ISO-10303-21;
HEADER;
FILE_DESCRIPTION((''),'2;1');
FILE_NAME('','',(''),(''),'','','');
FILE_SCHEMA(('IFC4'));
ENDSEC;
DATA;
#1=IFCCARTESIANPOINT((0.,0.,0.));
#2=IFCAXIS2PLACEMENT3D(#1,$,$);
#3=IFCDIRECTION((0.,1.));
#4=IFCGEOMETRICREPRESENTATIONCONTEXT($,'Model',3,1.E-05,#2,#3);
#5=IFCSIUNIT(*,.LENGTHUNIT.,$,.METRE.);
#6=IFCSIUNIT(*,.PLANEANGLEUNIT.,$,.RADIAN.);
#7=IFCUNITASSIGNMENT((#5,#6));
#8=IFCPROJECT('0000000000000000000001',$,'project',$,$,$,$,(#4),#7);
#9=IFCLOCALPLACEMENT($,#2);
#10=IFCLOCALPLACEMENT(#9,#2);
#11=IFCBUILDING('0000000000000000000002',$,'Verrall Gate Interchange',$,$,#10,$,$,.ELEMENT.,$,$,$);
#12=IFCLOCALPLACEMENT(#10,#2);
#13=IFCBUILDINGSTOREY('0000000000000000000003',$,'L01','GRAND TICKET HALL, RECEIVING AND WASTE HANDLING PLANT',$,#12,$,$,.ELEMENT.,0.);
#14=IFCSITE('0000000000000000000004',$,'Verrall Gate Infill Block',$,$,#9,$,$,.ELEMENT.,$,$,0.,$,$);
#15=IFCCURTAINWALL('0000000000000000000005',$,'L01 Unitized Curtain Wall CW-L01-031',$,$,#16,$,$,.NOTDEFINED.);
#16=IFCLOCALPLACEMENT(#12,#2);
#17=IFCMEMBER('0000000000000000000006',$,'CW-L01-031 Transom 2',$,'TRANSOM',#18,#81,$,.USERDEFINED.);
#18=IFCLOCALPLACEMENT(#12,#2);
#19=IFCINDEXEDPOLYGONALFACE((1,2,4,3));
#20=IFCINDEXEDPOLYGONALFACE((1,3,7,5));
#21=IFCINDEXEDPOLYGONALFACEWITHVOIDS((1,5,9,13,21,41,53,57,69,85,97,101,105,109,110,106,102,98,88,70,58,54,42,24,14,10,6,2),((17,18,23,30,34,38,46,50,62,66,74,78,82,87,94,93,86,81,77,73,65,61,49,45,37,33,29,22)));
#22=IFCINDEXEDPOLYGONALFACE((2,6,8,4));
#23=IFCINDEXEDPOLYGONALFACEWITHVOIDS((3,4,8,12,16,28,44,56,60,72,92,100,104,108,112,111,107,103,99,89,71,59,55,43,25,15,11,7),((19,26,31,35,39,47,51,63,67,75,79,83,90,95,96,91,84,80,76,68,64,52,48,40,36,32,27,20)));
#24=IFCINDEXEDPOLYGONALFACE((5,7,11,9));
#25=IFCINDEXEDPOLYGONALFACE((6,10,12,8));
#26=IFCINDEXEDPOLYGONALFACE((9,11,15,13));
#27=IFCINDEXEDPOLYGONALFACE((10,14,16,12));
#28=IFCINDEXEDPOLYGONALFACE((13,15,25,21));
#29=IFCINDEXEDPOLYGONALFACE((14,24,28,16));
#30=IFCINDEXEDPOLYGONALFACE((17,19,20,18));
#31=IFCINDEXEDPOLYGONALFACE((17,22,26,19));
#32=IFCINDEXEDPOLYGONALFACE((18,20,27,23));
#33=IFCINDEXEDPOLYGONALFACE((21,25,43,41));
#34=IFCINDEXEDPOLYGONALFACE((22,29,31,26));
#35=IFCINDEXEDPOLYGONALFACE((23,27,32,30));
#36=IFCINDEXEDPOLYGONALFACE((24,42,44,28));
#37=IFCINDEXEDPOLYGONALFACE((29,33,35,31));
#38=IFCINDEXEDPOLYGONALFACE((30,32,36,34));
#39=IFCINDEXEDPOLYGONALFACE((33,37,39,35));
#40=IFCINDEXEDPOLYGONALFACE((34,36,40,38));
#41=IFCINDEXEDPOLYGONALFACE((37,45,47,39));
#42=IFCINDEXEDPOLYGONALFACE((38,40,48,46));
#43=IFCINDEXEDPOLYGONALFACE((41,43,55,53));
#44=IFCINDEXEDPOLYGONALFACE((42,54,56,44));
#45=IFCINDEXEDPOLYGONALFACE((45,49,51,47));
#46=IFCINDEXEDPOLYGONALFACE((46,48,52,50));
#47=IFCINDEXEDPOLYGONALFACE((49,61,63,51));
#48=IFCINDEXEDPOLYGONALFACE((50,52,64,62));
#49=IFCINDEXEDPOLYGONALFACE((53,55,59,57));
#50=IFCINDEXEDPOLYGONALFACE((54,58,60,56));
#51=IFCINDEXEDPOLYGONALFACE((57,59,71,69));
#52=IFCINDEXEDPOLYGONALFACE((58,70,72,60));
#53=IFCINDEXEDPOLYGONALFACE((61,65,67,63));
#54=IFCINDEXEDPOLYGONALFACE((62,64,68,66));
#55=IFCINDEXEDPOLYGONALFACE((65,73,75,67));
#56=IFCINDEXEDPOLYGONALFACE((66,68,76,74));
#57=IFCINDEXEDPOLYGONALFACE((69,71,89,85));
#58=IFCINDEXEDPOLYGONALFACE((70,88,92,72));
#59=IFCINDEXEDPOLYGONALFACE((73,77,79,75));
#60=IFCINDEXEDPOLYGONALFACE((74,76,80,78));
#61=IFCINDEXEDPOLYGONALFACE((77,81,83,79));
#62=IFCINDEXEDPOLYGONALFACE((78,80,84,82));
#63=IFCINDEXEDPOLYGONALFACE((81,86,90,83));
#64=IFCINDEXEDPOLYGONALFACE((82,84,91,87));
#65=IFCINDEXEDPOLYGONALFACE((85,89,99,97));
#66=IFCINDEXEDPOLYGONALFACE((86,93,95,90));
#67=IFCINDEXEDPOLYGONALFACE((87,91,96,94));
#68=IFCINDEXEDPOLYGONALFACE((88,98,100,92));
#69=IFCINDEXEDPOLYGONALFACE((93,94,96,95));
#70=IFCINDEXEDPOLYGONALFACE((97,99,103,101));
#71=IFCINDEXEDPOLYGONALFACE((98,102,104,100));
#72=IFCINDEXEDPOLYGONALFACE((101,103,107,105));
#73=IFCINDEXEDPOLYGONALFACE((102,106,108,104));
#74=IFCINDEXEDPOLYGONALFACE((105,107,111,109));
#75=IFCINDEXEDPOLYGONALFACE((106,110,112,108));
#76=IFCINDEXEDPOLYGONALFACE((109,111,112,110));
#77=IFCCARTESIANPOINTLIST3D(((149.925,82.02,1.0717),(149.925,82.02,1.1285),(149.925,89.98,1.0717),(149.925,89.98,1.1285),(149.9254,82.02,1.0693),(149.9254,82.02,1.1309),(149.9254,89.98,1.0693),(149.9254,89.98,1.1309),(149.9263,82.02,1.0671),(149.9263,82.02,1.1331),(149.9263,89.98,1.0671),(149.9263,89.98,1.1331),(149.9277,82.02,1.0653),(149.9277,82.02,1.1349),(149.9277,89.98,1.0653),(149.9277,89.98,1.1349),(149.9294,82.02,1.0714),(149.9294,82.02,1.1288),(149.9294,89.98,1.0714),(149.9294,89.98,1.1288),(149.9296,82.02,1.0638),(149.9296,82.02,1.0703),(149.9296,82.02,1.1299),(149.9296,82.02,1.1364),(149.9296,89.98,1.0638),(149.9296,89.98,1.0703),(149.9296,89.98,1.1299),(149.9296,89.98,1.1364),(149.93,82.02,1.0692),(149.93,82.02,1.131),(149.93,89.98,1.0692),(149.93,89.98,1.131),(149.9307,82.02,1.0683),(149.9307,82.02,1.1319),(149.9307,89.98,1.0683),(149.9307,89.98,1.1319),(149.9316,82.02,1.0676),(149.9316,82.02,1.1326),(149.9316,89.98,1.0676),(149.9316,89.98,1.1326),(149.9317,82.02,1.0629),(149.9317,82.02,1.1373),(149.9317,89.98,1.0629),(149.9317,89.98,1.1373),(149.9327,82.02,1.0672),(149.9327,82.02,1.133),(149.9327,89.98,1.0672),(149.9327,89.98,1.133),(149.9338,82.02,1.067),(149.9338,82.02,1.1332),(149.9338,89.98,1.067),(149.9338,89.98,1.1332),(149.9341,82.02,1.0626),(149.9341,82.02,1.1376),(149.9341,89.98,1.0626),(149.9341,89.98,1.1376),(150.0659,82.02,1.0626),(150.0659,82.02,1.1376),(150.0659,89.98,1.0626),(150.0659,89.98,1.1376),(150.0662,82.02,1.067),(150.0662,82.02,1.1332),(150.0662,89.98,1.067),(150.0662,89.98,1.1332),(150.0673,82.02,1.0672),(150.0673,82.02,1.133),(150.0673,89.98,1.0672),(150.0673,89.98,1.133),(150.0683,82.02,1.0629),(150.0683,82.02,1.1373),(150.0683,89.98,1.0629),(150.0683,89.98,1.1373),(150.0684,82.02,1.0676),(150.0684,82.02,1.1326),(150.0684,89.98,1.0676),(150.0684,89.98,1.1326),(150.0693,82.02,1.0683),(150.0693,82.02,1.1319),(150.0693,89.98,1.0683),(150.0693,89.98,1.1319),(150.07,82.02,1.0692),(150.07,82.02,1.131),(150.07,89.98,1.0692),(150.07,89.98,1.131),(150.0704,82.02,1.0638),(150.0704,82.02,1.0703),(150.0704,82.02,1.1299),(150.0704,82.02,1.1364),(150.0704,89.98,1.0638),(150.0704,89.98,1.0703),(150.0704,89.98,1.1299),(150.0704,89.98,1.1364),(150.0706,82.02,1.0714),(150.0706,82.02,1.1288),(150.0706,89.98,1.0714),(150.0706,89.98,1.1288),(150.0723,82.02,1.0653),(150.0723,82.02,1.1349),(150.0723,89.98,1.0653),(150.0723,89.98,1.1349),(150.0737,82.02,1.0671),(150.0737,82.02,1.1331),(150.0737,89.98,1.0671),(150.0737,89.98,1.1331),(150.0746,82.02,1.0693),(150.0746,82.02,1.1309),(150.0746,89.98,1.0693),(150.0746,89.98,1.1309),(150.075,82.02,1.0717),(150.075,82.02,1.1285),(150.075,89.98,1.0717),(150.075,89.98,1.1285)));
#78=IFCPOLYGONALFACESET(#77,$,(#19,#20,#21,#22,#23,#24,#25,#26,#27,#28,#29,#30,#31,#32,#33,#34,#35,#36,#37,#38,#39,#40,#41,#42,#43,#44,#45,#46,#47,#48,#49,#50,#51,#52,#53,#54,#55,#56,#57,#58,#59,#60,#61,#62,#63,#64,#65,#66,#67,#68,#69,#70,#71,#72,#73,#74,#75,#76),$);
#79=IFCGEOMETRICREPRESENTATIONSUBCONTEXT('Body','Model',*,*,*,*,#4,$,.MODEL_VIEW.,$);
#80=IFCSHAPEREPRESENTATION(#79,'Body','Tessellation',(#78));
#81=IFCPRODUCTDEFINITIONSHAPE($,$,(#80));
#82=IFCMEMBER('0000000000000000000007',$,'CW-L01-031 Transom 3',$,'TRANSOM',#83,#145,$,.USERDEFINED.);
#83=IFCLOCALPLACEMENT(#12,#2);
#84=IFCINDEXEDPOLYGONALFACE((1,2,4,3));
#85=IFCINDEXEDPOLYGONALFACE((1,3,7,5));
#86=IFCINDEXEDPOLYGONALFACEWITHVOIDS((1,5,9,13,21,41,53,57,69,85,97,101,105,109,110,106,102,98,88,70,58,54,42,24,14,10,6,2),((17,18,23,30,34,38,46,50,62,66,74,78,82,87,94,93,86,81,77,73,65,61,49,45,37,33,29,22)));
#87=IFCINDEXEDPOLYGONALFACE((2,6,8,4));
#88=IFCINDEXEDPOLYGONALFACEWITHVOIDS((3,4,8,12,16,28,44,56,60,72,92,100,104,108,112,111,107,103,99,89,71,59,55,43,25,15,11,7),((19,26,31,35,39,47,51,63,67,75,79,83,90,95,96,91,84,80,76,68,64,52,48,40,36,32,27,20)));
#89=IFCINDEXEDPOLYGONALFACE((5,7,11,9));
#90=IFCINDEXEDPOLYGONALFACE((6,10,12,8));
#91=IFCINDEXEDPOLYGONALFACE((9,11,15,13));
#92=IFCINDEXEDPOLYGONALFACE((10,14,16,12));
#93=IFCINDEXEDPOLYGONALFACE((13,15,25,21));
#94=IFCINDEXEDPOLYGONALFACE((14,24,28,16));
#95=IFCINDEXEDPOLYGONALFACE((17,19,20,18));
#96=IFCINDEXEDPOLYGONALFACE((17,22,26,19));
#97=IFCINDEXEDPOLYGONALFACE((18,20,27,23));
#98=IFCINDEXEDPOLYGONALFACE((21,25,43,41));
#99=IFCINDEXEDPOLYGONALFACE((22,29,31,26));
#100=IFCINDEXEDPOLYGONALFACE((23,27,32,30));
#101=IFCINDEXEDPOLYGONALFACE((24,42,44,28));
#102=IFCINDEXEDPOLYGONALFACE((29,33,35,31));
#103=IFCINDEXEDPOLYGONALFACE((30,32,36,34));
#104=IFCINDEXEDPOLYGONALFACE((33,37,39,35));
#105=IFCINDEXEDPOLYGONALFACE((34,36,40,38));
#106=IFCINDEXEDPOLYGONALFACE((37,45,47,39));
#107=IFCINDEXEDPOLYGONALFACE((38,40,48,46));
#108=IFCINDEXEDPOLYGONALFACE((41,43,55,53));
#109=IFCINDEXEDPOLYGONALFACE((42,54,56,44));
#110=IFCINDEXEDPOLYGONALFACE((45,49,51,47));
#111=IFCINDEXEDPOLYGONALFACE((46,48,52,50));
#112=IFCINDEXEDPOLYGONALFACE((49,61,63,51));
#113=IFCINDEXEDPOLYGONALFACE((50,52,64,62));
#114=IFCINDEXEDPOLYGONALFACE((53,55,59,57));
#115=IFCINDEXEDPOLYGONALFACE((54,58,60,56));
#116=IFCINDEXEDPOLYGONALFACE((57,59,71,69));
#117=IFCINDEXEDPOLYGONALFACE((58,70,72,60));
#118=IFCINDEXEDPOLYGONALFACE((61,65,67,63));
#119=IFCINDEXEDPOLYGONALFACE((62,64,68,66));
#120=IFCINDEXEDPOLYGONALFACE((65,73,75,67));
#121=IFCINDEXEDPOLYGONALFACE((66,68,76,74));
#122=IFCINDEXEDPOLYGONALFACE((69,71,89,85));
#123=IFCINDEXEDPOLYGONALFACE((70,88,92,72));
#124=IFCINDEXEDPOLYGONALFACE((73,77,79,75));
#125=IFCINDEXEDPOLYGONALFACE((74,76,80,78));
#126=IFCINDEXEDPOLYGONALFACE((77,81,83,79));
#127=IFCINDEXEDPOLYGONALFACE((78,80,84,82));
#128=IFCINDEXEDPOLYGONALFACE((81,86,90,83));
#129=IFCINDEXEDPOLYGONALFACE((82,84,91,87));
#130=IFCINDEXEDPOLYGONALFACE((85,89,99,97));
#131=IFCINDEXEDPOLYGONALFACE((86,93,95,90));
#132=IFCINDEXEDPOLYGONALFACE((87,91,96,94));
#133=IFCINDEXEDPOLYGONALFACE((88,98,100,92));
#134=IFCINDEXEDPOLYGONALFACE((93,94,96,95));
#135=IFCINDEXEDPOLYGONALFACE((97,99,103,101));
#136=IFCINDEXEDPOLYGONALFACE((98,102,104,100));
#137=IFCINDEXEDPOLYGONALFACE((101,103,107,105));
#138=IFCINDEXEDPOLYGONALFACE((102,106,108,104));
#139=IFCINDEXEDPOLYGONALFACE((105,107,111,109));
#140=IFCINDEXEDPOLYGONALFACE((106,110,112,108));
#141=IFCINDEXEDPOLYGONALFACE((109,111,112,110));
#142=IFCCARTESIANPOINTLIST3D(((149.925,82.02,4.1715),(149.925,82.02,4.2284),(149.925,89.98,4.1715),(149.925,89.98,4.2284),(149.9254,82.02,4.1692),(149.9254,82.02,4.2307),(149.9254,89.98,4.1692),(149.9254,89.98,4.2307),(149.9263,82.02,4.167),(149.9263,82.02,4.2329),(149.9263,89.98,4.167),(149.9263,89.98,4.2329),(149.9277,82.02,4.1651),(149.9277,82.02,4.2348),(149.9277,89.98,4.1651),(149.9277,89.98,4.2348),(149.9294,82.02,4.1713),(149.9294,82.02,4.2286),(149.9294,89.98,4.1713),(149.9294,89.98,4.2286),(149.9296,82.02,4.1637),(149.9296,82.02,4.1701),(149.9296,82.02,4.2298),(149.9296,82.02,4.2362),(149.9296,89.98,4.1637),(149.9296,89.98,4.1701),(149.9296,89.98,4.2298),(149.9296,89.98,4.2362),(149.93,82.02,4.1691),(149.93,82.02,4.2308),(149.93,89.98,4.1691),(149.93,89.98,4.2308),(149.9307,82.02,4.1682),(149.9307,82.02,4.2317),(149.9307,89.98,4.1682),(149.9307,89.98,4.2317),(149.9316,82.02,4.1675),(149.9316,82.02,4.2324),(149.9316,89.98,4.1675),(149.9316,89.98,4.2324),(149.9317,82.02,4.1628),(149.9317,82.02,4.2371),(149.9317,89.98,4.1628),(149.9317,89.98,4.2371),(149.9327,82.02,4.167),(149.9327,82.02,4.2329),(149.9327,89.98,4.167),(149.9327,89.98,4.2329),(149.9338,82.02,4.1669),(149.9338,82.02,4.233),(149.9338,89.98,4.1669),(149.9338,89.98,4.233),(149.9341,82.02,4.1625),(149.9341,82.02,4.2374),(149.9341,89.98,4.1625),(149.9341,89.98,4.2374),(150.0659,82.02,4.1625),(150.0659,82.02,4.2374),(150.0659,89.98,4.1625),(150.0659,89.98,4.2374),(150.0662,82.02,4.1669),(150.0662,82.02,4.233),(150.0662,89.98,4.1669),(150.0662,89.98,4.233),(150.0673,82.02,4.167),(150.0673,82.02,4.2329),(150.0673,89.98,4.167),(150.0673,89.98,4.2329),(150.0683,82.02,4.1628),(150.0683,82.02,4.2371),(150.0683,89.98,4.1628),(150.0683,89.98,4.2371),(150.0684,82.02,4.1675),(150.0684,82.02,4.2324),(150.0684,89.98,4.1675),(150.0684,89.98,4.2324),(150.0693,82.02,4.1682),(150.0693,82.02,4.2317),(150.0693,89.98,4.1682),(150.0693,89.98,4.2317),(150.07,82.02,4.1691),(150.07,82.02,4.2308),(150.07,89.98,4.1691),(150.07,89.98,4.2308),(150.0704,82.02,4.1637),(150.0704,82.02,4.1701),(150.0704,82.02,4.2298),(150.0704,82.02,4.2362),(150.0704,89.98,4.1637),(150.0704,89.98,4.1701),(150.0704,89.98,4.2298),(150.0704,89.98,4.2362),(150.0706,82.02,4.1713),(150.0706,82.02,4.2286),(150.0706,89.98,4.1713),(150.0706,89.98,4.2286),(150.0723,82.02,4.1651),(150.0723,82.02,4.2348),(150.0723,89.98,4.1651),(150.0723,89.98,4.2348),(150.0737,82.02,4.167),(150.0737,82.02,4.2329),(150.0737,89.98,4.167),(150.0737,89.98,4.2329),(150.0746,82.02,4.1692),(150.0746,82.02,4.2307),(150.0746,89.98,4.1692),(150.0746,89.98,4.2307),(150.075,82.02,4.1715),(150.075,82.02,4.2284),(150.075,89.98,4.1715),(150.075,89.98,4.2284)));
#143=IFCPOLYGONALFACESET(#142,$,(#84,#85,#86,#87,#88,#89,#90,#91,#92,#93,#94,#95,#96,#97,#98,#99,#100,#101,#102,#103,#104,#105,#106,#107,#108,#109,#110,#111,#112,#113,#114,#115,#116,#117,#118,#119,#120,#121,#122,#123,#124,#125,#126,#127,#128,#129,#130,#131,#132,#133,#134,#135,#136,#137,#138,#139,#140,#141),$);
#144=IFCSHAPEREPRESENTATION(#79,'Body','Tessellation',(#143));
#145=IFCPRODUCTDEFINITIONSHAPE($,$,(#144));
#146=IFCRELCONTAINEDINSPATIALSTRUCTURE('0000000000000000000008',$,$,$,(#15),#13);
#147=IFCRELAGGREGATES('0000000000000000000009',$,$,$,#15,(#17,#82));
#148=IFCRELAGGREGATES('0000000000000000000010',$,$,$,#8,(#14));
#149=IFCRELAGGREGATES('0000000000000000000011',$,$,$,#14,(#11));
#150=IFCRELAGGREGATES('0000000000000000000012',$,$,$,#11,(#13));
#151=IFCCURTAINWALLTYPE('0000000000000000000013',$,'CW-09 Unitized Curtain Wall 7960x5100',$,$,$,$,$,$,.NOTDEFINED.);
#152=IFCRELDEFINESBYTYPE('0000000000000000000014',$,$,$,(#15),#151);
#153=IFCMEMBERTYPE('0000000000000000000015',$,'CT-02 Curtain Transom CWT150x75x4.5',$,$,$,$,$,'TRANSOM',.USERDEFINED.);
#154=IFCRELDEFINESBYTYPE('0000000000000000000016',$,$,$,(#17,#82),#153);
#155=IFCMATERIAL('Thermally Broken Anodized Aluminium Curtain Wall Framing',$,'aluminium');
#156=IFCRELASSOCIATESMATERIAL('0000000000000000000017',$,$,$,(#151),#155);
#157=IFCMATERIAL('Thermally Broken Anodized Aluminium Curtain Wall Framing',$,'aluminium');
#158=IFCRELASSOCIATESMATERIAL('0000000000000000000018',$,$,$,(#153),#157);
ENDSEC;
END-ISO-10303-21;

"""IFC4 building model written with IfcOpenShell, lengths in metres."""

from ifc_helpers import new_model, si_unit, direction, frame, origin, origin_2d, place, context, subcontext, project, spatial, hollow_rectangle, extrude, material, material_profile, profile_set, type_object, element, aggregate, save


model = new_model("IFC4")

# Units and contexts
model_context = context("Model", 3, precision=1e-05, world=origin(), true_north=direction((0.0, 1.0)))
body_context = subcontext(model_context, "Body", "Model", "MODEL_VIEW")
ifc_project = project(units=[si_unit("LENGTHUNIT", "METRE"), si_unit("PLANEANGLEUNIT", "RADIAN")], contexts=[model_context])

# Site, building, storey
site_placement = place(None, origin())
site = spatial("IfcSite", under=ifc_project, at=site_placement, Name="Verrall Gate Infill Block", CompositionType="ELEMENT", RefElevation=0.0)
building_placement = place(site_placement, origin())
building = spatial("IfcBuilding", under=site, at=building_placement, Name="Verrall Gate Interchange", CompositionType="ELEMENT")
storey_placement = place(building_placement, origin())
storey = spatial("IfcBuildingStorey", under=building, at=storey_placement, Name="L01", Description="GRAND TICKET HALL, RECEIVING AND WASTE HANDLING PLANT", CompositionType="ELEMENT", Elevation=0.0)

# Curtain wall, members
ifc_material_1 = material(Name="Thermally Broken Anodized Aluminium Curtain Wall Framing", Category="aluminium")
curtain_wall_type = type_object("IfcCurtainWallType", Name="CW-09 Unitized Curtain Wall 7960x5100", PredefinedType="NOTDEFINED", material=ifc_material_1)
curtain_wall_1_placement = place(storey_placement, origin())
curtain_wall_1 = element("IfcCurtainWall", 1, at=curtain_wall_1_placement, inside=storey, type_object=curtain_wall_type, Name="L01 Unitized Curtain Wall CW-L01-031", PredefinedType="NOTDEFINED")
ifc_material_2 = material(Name="Thermally Broken Anodized Aluminium Curtain Wall Framing", Category="aluminium")
ifc_material_profile_1 = material_profile(ifc_material_2, hollow_rectangle(XDim=0.1499, YDim=0.075, WallThickness=0.0044, InnerFilletRadius=0.0044, OuterFilletRadius=0.009, at=origin_2d()), Name="CWT150x75x4.5")
ifc_profile_set_1 = profile_set([ifc_material_profile_1], Name="Thermally Broken Anodized Aluminium Curtain Wall Framing")
member_type_1 = type_object("IfcMemberType", Name="CT-02 Curtain Transom CWT150x75x4.5", ElementType="TRANSOM", PredefinedType="USERDEFINED", material=ifc_profile_set_1)
member_1_placement = place(storey_placement, frame((150.0, 82.02, 1.1001), z_axis=(0.0, 1.0, 0.0), x_axis=(-1.0, 0.0, 0.0)))
member_1 = element("IfcMember", 2, at=member_1_placement, type_object=member_type_1, Name="CW-L01-031 Transom 2", ObjectType="TRANSOM", PredefinedType="USERDEFINED", context=body_context, shape_type="SweptSolid", body=[
    extrude(hollow_rectangle(XDim=0.1499, YDim=0.075, WallThickness=0.0044, InnerFilletRadius=0.0044, OuterFilletRadius=0.009, at=origin_2d()), origin(), (0.0, 0.0, 1.0), 7.96),
])
member_2_placement = place(storey_placement, frame((150.0, 82.02, 4.2), z_axis=(0.0, 1.0, 0.0), x_axis=(-1.0, 0.0, 0.0)))
member_2 = element("IfcMember", 3, at=member_2_placement, type_object=member_type_1, Name="CW-L01-031 Transom 3", ObjectType="TRANSOM", PredefinedType="USERDEFINED", context=body_context, shape_type="SweptSolid", body=[
    extrude(hollow_rectangle(XDim=0.1499, YDim=0.075, WallThickness=0.0044, InnerFilletRadius=0.0044, OuterFilletRadius=0.009, at=origin_2d()), origin(), (0.0, 0.0, 1.0), 7.96),
])

aggregate(curtain_wall_1, [member_1, member_2])

save(model, "model.ifc")
